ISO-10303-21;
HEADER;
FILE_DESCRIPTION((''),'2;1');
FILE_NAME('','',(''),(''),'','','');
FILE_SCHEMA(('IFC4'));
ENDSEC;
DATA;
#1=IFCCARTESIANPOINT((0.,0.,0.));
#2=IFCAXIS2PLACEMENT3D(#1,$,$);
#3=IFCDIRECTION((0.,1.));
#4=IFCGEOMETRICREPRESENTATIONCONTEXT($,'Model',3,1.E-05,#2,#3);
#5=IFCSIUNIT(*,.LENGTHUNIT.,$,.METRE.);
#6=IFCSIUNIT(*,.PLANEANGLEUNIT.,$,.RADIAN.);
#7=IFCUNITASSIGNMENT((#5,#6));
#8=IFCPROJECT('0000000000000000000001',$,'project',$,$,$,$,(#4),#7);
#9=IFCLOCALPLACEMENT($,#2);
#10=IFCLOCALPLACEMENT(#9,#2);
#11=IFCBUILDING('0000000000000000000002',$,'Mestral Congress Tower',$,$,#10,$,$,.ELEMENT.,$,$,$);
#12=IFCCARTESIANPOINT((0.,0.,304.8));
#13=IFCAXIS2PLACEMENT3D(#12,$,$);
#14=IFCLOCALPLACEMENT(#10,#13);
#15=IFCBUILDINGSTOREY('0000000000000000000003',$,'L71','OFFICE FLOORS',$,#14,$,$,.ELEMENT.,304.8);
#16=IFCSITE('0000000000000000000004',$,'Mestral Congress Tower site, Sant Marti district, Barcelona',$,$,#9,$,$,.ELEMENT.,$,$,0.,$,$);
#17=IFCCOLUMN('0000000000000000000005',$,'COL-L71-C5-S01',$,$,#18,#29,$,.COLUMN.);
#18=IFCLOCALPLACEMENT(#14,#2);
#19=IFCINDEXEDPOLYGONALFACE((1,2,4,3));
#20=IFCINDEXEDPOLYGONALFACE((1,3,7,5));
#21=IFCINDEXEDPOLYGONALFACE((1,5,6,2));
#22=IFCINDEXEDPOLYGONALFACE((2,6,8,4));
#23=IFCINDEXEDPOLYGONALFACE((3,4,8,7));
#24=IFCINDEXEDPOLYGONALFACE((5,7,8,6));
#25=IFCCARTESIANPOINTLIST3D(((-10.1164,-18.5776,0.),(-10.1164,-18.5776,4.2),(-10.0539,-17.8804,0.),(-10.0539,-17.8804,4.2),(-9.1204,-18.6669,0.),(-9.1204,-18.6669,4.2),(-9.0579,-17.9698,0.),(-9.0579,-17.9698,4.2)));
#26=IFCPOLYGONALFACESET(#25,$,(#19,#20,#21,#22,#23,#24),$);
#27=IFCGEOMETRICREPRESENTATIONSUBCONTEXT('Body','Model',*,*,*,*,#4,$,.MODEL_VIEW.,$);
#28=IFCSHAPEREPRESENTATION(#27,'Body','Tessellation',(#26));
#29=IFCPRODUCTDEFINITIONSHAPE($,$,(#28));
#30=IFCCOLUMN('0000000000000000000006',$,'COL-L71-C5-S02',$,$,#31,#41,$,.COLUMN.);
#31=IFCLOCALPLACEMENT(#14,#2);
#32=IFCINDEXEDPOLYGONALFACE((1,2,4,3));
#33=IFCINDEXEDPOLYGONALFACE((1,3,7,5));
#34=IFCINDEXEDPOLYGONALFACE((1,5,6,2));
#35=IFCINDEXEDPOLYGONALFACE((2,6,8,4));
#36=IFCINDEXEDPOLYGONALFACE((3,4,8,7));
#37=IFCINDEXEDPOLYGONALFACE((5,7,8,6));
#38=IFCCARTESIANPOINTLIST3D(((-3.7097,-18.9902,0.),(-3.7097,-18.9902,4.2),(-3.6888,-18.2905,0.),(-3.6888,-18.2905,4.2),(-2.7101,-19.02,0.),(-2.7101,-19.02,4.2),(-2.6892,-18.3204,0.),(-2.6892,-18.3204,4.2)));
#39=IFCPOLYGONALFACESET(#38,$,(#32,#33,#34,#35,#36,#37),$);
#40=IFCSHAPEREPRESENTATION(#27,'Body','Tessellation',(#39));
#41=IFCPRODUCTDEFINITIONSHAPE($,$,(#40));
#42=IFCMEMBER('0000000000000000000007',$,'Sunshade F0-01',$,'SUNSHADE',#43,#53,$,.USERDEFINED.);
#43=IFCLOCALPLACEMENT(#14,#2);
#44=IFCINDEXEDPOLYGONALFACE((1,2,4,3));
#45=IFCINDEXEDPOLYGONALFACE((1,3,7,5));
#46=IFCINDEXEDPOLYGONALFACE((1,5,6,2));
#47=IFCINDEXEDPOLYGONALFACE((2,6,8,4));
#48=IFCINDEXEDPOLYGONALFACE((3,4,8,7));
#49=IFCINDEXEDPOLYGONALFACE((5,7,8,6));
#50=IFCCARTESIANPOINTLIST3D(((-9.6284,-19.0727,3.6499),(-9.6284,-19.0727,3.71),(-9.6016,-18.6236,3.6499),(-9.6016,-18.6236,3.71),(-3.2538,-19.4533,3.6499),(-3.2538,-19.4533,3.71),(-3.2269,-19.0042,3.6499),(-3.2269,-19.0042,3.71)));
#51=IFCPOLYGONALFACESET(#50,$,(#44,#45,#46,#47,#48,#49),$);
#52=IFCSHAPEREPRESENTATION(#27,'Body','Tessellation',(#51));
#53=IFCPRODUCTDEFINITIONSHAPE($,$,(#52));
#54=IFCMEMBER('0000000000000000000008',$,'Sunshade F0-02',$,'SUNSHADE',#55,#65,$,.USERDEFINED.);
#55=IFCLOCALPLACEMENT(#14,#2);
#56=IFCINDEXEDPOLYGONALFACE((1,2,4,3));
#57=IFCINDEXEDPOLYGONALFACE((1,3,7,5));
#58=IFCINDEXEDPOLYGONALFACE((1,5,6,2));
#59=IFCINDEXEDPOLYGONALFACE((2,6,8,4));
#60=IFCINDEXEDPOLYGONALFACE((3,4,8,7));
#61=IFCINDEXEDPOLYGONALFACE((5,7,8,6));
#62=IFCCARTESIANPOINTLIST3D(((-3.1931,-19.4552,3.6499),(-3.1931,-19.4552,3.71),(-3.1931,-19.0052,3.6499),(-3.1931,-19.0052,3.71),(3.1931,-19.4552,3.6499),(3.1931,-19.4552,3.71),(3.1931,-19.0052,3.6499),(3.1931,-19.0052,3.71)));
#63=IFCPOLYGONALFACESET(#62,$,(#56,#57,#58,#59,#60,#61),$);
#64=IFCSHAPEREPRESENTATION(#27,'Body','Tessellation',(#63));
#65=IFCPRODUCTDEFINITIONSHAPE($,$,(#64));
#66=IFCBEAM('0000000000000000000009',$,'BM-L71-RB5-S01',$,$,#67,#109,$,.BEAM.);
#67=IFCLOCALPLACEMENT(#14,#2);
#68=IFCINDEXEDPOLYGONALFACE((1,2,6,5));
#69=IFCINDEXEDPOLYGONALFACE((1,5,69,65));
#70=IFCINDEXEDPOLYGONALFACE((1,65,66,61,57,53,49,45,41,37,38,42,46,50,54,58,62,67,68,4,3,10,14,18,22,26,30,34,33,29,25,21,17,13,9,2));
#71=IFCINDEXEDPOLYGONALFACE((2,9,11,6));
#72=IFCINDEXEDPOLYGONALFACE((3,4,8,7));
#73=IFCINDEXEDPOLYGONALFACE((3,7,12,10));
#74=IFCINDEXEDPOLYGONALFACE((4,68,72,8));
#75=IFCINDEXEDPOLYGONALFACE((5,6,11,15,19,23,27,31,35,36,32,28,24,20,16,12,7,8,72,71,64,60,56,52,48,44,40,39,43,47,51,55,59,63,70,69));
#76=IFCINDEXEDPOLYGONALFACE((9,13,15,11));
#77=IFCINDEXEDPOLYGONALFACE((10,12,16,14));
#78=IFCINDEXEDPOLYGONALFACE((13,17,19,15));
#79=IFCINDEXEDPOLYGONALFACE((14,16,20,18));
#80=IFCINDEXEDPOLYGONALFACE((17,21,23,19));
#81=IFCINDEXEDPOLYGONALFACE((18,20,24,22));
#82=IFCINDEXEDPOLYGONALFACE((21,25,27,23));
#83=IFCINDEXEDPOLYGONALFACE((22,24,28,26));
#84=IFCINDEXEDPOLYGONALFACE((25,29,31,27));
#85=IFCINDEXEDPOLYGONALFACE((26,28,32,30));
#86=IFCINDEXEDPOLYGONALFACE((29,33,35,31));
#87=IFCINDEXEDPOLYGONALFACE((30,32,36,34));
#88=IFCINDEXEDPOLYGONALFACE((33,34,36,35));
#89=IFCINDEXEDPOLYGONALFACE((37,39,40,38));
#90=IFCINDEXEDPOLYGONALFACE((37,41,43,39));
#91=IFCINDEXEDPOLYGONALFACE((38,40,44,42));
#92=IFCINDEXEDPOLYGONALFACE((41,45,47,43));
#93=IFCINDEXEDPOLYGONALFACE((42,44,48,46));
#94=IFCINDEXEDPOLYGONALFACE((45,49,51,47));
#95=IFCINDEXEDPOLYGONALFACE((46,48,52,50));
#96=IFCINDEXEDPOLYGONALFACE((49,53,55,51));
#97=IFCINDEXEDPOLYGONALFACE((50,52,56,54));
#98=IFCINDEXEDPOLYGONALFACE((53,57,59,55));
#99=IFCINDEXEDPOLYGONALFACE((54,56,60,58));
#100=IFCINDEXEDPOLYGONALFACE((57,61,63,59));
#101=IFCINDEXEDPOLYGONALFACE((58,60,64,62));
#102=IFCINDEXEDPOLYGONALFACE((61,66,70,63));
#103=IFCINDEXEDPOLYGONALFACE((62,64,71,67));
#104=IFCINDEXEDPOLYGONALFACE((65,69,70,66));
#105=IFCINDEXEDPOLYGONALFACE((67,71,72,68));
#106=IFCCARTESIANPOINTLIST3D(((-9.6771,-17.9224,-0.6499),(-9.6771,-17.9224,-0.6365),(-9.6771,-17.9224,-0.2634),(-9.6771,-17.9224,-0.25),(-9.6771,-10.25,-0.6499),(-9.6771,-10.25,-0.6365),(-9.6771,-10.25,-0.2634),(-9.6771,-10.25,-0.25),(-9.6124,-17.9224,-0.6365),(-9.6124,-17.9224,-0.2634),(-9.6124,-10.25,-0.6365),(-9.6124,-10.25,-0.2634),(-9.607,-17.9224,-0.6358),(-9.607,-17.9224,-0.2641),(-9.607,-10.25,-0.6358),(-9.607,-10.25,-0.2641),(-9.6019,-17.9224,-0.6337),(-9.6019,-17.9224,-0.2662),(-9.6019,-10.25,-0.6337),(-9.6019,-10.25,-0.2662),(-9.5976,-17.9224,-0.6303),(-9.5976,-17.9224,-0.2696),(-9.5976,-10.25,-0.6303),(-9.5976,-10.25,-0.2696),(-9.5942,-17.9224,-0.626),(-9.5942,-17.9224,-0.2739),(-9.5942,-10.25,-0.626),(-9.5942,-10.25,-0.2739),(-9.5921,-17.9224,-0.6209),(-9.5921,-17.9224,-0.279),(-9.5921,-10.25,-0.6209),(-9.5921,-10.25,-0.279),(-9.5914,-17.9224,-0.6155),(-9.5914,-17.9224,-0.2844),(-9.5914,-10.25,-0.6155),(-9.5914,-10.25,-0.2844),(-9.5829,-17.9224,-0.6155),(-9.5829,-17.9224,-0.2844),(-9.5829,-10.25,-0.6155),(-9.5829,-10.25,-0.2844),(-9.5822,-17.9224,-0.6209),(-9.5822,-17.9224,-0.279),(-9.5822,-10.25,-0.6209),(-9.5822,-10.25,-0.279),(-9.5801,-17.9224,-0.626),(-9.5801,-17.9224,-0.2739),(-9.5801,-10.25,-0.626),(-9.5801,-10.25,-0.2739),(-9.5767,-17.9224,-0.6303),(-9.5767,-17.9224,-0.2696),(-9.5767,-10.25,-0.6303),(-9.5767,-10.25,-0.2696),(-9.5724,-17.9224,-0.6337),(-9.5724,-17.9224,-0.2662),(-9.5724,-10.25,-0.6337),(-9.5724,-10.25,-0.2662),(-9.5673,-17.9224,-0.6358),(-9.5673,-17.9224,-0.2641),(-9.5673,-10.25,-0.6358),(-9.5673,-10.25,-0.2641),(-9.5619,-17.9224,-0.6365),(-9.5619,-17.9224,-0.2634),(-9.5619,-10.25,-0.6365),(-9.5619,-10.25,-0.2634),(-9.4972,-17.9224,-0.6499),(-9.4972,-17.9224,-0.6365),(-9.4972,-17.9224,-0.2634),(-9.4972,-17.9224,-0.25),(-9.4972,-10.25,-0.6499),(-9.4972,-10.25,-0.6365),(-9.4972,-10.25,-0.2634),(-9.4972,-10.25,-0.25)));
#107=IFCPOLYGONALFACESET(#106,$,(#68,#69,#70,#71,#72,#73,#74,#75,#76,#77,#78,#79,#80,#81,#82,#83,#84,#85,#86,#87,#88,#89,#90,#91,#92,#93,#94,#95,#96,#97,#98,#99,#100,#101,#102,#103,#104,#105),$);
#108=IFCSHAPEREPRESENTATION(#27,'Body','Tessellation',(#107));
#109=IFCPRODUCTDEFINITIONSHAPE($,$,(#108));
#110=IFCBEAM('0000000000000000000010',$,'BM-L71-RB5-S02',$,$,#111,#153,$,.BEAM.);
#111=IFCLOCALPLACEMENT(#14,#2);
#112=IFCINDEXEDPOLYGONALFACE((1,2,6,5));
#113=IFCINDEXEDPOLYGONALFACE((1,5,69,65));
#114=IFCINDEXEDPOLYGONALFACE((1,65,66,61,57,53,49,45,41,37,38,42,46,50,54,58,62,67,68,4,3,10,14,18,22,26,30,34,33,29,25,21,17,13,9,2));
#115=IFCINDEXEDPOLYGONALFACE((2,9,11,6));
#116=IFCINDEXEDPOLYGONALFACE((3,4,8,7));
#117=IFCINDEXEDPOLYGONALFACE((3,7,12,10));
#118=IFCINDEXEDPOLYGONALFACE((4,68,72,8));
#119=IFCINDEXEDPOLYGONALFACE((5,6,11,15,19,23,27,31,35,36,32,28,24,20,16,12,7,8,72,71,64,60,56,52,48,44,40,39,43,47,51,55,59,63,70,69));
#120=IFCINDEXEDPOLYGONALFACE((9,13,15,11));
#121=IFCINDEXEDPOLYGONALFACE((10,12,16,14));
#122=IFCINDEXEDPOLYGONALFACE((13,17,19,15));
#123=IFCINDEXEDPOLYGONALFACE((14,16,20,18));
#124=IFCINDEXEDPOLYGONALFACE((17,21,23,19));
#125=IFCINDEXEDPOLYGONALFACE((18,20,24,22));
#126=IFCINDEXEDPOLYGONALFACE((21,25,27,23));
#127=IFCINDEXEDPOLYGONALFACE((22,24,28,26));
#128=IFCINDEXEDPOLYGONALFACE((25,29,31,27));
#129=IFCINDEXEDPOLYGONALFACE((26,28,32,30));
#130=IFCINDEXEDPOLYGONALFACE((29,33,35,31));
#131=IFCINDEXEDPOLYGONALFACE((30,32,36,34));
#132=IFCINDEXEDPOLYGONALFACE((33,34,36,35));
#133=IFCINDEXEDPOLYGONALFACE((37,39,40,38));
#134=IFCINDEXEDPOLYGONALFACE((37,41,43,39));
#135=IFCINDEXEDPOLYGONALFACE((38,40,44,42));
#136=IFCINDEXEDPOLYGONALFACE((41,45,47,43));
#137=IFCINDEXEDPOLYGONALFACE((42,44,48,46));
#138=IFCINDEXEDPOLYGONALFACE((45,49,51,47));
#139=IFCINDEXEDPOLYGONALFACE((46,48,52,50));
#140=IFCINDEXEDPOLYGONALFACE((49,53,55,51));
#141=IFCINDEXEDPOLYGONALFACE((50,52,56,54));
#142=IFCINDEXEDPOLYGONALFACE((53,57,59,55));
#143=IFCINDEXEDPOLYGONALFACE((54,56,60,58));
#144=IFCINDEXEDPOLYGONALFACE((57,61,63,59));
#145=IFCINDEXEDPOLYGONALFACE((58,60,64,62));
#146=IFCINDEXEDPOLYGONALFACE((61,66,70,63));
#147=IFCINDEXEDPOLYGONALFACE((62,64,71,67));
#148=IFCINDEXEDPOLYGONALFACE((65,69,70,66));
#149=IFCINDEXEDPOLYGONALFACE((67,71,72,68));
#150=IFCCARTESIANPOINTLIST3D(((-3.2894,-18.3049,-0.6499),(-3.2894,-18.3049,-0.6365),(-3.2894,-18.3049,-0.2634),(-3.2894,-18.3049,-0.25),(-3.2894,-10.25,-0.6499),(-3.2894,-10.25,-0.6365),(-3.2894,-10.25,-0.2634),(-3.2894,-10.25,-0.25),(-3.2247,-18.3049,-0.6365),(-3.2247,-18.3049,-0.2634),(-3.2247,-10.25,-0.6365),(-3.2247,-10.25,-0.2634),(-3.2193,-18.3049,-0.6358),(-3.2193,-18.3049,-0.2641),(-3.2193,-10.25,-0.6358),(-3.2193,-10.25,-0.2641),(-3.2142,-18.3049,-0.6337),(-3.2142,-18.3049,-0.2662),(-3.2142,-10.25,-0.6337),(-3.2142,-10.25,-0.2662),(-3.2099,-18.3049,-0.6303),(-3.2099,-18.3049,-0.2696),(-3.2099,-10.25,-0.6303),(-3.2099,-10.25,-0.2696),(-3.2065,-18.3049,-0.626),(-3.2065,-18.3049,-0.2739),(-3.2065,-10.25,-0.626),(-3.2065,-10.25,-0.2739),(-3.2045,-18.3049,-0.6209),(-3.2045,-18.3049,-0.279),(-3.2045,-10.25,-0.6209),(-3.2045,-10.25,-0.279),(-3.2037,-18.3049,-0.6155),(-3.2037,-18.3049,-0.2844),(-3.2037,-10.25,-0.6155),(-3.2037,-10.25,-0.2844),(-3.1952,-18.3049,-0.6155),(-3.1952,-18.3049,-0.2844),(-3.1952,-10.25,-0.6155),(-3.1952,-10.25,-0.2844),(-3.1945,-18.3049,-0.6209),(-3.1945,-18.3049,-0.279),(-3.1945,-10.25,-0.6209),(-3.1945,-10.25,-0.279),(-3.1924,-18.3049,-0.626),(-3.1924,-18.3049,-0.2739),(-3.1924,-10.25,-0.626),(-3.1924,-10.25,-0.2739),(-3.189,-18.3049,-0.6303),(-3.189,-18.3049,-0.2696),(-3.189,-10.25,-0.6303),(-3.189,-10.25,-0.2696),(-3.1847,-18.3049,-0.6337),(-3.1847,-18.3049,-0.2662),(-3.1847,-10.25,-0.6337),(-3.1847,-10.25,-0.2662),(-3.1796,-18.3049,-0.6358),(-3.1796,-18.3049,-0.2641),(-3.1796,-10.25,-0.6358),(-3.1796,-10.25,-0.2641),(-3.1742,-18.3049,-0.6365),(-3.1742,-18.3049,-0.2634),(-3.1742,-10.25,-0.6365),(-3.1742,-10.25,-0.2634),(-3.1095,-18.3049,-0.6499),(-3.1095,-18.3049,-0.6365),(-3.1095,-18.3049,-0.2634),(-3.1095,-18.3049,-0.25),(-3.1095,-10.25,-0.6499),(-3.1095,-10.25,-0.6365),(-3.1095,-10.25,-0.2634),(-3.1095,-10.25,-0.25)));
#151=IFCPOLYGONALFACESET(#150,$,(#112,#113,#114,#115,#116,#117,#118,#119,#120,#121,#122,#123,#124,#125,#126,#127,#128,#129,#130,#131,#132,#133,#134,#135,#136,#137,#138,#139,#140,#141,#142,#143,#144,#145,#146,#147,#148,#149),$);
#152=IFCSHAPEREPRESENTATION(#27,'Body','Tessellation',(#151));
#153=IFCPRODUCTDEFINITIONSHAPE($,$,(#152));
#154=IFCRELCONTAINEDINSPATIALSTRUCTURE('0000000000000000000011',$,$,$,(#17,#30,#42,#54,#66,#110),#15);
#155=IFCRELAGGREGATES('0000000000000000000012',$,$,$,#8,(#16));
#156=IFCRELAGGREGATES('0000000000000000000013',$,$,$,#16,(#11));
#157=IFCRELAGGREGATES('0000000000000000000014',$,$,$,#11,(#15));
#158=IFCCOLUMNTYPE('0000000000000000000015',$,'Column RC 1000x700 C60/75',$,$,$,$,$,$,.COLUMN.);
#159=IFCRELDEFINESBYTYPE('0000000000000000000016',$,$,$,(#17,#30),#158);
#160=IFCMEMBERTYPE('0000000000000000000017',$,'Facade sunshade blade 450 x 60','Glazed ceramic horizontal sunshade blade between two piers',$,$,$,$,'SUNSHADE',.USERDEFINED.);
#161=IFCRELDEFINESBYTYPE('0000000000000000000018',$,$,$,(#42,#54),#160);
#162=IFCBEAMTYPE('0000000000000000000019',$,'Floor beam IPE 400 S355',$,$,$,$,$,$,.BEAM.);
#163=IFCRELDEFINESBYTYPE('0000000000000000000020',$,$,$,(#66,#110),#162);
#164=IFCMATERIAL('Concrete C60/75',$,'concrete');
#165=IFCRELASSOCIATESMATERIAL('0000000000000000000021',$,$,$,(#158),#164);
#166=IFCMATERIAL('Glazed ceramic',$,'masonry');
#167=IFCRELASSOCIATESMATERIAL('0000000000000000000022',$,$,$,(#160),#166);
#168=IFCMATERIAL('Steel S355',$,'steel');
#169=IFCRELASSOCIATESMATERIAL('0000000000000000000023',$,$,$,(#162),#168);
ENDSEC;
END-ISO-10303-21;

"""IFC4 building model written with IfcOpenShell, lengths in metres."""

from ifc_helpers import new_model, si_unit, direction, frame, origin, origin_2d, place, context, subcontext, project, spatial, rectangle, i_section, extrude, material, material_profile, profile_set, type_object, element, save


model = new_model("IFC4")

# Units and contexts
model_context = context("Model", 3, precision=1e-05, world=origin(), true_north=direction((0.0, 1.0)))
body_context = subcontext(model_context, "Body", "Model", "MODEL_VIEW")
ifc_project = project(units=[si_unit("LENGTHUNIT", "METRE"), si_unit("PLANEANGLEUNIT", "RADIAN")], contexts=[model_context])

# Site, building, storey
site_placement = place(None, origin())
site = spatial("IfcSite", under=ifc_project, at=site_placement, Name="Mestral Congress Tower site, Sant Marti district, Barcelona", CompositionType="ELEMENT", RefElevation=0.0)
building_placement = place(site_placement, origin())
building = spatial("IfcBuilding", under=site, at=building_placement, Name="Mestral Congress Tower", CompositionType="ELEMENT")
storey_placement = place(building_placement, frame((0.0, 0.0, 304.8)))
storey = spatial("IfcBuildingStorey", under=building, at=storey_placement, Name="L71", Description="OFFICE FLOORS", CompositionType="ELEMENT", Elevation=304.8)

# Columns
ifc_material_1 = material(Name="Concrete C60/75", Category="concrete")
ifc_material_profile_1 = material_profile(ifc_material_1, rectangle(XDim=1.0, YDim=0.7, at=origin_2d()), Name="RC 1000x700")
ifc_profile_set_1 = profile_set([ifc_material_profile_1], Name="Concrete C60/75")
column_type = type_object("IfcColumnType", Name="Column RC 1000x700 C60/75", PredefinedType="COLUMN", material=ifc_profile_set_1)
for number, where, z_axis, x_axis, name in (
    (1, (-9.5872, -18.2737, 0.0), (0.0, 0.0, 1.0), (0.995998, -0.089378, 0.0), "COL-L71-C5-S01"),
    (2, (-3.1995, -18.6553, 0.0), (0.0, 0.0, 1.0), (0.999555, -0.029828, 0.0), "COL-L71-C5-S02"),
):
    element("IfcColumn", number, at=place(storey_placement, frame(where, z_axis=z_axis, x_axis=x_axis)), inside=storey, type_object=column_type, Name=name, PredefinedType="COLUMN", context=body_context, shape_type="SweptSolid", body=[
        extrude(rectangle(XDim=1.0, YDim=0.7, at=origin_2d()), origin(), (0.0, 0.0, 1.0), 4.2),
    ])

# Members
ifc_material_2 = material(Name="Glazed ceramic", Category="masonry")
ifc_material_profile_2 = material_profile(ifc_material_2, rectangle(XDim=0.45, YDim=0.0601, at=origin_2d()), Name="Ceramic blade 450 x 60")
ifc_profile_set_2 = profile_set([ifc_material_profile_2], Name="Glazed ceramic")
member_type = type_object("IfcMemberType", Name="Facade sunshade blade 450 x 60", Description="Glazed ceramic horizontal sunshade blade between two piers", ElementType="SUNSHADE", PredefinedType="USERDEFINED", material=ifc_profile_set_2)
member_1_placement = place(storey_placement, frame((-9.615, -18.8481, 3.6799), z_axis=(0.998222, -0.059603, 0.0), x_axis=(0.059603, 0.998222, 0.0)))
element("IfcMember", 3, at=member_1_placement, inside=storey, type_object=member_type, Name="Sunshade F0-01", ObjectType="SUNSHADE", PredefinedType="USERDEFINED", context=body_context, shape_type="SweptSolid", body=[
    extrude(rectangle(XDim=0.45, YDim=0.0601, at=origin_2d()), origin(), (0.0, 0.0, 1.0), 6.386),
])
member_2_placement = place(storey_placement, frame((-3.1931, -19.2302, 3.6799), z_axis=(1.0, 0.0, 0.0), x_axis=(0.0, 1.0, 0.0)))
element("IfcMember", 4, at=member_2_placement, inside=storey, type_object=member_type, Name="Sunshade F0-02", ObjectType="SUNSHADE", PredefinedType="USERDEFINED", context=body_context, shape_type="SweptSolid", body=[
    extrude(rectangle(XDim=0.45, YDim=0.0601, at=origin_2d()), origin(), (0.0, 0.0, 1.0), 6.3862),
])

# Beams
ifc_material_3 = material(Name="Steel S355", Category="steel")
ifc_material_profile_3 = material_profile(ifc_material_3, i_section(OverallWidth=0.1799, OverallDepth=0.3999, WebThickness=0.0085, FlangeThickness=0.0134, FilletRadius=0.021, at=origin_2d()), Name="IPE 400")
ifc_profile_set_3 = profile_set([ifc_material_profile_3], Name="Steel S355")
beam_type_1 = type_object("IfcBeamType", Name="Floor beam IPE 400 S355", PredefinedType="BEAM", material=ifc_profile_set_3)
beam_1_placement = place(storey_placement, frame((-9.5872, -17.9224, -0.45), z_axis=(0.0, 1.0, 0.0), x_axis=(-1.0, 0.0, 0.0)))
element("IfcBeam", 5, at=beam_1_placement, inside=storey, type_object=beam_type_1, Name="BM-L71-RB5-S01", PredefinedType="BEAM", context=body_context, shape_type="SweptSolid", body=[
    extrude(i_section(OverallWidth=0.1799, OverallDepth=0.3999, WebThickness=0.0085, FlangeThickness=0.0134, FilletRadius=0.021, at=origin_2d()), origin(), (0.0, 0.0, 1.0), 7.6724),
])
beam_2_placement = place(storey_placement, frame((-3.1995, -18.3049, -0.45), z_axis=(0.0, 1.0, 0.0), x_axis=(-1.0, 0.0, 0.0)))
element("IfcBeam", 6, at=beam_2_placement, inside=storey, type_object=beam_type_1, Name="BM-L71-RB5-S02", PredefinedType="BEAM", context=body_context, shape_type="SweptSolid", body=[
    extrude(i_section(OverallWidth=0.1799, OverallDepth=0.3999, WebThickness=0.0085, FlangeThickness=0.0134, FilletRadius=0.021, at=origin_2d()), origin(), (0.0, 0.0, 1.0), 8.0549),
])

save(model, "model.ifc")
